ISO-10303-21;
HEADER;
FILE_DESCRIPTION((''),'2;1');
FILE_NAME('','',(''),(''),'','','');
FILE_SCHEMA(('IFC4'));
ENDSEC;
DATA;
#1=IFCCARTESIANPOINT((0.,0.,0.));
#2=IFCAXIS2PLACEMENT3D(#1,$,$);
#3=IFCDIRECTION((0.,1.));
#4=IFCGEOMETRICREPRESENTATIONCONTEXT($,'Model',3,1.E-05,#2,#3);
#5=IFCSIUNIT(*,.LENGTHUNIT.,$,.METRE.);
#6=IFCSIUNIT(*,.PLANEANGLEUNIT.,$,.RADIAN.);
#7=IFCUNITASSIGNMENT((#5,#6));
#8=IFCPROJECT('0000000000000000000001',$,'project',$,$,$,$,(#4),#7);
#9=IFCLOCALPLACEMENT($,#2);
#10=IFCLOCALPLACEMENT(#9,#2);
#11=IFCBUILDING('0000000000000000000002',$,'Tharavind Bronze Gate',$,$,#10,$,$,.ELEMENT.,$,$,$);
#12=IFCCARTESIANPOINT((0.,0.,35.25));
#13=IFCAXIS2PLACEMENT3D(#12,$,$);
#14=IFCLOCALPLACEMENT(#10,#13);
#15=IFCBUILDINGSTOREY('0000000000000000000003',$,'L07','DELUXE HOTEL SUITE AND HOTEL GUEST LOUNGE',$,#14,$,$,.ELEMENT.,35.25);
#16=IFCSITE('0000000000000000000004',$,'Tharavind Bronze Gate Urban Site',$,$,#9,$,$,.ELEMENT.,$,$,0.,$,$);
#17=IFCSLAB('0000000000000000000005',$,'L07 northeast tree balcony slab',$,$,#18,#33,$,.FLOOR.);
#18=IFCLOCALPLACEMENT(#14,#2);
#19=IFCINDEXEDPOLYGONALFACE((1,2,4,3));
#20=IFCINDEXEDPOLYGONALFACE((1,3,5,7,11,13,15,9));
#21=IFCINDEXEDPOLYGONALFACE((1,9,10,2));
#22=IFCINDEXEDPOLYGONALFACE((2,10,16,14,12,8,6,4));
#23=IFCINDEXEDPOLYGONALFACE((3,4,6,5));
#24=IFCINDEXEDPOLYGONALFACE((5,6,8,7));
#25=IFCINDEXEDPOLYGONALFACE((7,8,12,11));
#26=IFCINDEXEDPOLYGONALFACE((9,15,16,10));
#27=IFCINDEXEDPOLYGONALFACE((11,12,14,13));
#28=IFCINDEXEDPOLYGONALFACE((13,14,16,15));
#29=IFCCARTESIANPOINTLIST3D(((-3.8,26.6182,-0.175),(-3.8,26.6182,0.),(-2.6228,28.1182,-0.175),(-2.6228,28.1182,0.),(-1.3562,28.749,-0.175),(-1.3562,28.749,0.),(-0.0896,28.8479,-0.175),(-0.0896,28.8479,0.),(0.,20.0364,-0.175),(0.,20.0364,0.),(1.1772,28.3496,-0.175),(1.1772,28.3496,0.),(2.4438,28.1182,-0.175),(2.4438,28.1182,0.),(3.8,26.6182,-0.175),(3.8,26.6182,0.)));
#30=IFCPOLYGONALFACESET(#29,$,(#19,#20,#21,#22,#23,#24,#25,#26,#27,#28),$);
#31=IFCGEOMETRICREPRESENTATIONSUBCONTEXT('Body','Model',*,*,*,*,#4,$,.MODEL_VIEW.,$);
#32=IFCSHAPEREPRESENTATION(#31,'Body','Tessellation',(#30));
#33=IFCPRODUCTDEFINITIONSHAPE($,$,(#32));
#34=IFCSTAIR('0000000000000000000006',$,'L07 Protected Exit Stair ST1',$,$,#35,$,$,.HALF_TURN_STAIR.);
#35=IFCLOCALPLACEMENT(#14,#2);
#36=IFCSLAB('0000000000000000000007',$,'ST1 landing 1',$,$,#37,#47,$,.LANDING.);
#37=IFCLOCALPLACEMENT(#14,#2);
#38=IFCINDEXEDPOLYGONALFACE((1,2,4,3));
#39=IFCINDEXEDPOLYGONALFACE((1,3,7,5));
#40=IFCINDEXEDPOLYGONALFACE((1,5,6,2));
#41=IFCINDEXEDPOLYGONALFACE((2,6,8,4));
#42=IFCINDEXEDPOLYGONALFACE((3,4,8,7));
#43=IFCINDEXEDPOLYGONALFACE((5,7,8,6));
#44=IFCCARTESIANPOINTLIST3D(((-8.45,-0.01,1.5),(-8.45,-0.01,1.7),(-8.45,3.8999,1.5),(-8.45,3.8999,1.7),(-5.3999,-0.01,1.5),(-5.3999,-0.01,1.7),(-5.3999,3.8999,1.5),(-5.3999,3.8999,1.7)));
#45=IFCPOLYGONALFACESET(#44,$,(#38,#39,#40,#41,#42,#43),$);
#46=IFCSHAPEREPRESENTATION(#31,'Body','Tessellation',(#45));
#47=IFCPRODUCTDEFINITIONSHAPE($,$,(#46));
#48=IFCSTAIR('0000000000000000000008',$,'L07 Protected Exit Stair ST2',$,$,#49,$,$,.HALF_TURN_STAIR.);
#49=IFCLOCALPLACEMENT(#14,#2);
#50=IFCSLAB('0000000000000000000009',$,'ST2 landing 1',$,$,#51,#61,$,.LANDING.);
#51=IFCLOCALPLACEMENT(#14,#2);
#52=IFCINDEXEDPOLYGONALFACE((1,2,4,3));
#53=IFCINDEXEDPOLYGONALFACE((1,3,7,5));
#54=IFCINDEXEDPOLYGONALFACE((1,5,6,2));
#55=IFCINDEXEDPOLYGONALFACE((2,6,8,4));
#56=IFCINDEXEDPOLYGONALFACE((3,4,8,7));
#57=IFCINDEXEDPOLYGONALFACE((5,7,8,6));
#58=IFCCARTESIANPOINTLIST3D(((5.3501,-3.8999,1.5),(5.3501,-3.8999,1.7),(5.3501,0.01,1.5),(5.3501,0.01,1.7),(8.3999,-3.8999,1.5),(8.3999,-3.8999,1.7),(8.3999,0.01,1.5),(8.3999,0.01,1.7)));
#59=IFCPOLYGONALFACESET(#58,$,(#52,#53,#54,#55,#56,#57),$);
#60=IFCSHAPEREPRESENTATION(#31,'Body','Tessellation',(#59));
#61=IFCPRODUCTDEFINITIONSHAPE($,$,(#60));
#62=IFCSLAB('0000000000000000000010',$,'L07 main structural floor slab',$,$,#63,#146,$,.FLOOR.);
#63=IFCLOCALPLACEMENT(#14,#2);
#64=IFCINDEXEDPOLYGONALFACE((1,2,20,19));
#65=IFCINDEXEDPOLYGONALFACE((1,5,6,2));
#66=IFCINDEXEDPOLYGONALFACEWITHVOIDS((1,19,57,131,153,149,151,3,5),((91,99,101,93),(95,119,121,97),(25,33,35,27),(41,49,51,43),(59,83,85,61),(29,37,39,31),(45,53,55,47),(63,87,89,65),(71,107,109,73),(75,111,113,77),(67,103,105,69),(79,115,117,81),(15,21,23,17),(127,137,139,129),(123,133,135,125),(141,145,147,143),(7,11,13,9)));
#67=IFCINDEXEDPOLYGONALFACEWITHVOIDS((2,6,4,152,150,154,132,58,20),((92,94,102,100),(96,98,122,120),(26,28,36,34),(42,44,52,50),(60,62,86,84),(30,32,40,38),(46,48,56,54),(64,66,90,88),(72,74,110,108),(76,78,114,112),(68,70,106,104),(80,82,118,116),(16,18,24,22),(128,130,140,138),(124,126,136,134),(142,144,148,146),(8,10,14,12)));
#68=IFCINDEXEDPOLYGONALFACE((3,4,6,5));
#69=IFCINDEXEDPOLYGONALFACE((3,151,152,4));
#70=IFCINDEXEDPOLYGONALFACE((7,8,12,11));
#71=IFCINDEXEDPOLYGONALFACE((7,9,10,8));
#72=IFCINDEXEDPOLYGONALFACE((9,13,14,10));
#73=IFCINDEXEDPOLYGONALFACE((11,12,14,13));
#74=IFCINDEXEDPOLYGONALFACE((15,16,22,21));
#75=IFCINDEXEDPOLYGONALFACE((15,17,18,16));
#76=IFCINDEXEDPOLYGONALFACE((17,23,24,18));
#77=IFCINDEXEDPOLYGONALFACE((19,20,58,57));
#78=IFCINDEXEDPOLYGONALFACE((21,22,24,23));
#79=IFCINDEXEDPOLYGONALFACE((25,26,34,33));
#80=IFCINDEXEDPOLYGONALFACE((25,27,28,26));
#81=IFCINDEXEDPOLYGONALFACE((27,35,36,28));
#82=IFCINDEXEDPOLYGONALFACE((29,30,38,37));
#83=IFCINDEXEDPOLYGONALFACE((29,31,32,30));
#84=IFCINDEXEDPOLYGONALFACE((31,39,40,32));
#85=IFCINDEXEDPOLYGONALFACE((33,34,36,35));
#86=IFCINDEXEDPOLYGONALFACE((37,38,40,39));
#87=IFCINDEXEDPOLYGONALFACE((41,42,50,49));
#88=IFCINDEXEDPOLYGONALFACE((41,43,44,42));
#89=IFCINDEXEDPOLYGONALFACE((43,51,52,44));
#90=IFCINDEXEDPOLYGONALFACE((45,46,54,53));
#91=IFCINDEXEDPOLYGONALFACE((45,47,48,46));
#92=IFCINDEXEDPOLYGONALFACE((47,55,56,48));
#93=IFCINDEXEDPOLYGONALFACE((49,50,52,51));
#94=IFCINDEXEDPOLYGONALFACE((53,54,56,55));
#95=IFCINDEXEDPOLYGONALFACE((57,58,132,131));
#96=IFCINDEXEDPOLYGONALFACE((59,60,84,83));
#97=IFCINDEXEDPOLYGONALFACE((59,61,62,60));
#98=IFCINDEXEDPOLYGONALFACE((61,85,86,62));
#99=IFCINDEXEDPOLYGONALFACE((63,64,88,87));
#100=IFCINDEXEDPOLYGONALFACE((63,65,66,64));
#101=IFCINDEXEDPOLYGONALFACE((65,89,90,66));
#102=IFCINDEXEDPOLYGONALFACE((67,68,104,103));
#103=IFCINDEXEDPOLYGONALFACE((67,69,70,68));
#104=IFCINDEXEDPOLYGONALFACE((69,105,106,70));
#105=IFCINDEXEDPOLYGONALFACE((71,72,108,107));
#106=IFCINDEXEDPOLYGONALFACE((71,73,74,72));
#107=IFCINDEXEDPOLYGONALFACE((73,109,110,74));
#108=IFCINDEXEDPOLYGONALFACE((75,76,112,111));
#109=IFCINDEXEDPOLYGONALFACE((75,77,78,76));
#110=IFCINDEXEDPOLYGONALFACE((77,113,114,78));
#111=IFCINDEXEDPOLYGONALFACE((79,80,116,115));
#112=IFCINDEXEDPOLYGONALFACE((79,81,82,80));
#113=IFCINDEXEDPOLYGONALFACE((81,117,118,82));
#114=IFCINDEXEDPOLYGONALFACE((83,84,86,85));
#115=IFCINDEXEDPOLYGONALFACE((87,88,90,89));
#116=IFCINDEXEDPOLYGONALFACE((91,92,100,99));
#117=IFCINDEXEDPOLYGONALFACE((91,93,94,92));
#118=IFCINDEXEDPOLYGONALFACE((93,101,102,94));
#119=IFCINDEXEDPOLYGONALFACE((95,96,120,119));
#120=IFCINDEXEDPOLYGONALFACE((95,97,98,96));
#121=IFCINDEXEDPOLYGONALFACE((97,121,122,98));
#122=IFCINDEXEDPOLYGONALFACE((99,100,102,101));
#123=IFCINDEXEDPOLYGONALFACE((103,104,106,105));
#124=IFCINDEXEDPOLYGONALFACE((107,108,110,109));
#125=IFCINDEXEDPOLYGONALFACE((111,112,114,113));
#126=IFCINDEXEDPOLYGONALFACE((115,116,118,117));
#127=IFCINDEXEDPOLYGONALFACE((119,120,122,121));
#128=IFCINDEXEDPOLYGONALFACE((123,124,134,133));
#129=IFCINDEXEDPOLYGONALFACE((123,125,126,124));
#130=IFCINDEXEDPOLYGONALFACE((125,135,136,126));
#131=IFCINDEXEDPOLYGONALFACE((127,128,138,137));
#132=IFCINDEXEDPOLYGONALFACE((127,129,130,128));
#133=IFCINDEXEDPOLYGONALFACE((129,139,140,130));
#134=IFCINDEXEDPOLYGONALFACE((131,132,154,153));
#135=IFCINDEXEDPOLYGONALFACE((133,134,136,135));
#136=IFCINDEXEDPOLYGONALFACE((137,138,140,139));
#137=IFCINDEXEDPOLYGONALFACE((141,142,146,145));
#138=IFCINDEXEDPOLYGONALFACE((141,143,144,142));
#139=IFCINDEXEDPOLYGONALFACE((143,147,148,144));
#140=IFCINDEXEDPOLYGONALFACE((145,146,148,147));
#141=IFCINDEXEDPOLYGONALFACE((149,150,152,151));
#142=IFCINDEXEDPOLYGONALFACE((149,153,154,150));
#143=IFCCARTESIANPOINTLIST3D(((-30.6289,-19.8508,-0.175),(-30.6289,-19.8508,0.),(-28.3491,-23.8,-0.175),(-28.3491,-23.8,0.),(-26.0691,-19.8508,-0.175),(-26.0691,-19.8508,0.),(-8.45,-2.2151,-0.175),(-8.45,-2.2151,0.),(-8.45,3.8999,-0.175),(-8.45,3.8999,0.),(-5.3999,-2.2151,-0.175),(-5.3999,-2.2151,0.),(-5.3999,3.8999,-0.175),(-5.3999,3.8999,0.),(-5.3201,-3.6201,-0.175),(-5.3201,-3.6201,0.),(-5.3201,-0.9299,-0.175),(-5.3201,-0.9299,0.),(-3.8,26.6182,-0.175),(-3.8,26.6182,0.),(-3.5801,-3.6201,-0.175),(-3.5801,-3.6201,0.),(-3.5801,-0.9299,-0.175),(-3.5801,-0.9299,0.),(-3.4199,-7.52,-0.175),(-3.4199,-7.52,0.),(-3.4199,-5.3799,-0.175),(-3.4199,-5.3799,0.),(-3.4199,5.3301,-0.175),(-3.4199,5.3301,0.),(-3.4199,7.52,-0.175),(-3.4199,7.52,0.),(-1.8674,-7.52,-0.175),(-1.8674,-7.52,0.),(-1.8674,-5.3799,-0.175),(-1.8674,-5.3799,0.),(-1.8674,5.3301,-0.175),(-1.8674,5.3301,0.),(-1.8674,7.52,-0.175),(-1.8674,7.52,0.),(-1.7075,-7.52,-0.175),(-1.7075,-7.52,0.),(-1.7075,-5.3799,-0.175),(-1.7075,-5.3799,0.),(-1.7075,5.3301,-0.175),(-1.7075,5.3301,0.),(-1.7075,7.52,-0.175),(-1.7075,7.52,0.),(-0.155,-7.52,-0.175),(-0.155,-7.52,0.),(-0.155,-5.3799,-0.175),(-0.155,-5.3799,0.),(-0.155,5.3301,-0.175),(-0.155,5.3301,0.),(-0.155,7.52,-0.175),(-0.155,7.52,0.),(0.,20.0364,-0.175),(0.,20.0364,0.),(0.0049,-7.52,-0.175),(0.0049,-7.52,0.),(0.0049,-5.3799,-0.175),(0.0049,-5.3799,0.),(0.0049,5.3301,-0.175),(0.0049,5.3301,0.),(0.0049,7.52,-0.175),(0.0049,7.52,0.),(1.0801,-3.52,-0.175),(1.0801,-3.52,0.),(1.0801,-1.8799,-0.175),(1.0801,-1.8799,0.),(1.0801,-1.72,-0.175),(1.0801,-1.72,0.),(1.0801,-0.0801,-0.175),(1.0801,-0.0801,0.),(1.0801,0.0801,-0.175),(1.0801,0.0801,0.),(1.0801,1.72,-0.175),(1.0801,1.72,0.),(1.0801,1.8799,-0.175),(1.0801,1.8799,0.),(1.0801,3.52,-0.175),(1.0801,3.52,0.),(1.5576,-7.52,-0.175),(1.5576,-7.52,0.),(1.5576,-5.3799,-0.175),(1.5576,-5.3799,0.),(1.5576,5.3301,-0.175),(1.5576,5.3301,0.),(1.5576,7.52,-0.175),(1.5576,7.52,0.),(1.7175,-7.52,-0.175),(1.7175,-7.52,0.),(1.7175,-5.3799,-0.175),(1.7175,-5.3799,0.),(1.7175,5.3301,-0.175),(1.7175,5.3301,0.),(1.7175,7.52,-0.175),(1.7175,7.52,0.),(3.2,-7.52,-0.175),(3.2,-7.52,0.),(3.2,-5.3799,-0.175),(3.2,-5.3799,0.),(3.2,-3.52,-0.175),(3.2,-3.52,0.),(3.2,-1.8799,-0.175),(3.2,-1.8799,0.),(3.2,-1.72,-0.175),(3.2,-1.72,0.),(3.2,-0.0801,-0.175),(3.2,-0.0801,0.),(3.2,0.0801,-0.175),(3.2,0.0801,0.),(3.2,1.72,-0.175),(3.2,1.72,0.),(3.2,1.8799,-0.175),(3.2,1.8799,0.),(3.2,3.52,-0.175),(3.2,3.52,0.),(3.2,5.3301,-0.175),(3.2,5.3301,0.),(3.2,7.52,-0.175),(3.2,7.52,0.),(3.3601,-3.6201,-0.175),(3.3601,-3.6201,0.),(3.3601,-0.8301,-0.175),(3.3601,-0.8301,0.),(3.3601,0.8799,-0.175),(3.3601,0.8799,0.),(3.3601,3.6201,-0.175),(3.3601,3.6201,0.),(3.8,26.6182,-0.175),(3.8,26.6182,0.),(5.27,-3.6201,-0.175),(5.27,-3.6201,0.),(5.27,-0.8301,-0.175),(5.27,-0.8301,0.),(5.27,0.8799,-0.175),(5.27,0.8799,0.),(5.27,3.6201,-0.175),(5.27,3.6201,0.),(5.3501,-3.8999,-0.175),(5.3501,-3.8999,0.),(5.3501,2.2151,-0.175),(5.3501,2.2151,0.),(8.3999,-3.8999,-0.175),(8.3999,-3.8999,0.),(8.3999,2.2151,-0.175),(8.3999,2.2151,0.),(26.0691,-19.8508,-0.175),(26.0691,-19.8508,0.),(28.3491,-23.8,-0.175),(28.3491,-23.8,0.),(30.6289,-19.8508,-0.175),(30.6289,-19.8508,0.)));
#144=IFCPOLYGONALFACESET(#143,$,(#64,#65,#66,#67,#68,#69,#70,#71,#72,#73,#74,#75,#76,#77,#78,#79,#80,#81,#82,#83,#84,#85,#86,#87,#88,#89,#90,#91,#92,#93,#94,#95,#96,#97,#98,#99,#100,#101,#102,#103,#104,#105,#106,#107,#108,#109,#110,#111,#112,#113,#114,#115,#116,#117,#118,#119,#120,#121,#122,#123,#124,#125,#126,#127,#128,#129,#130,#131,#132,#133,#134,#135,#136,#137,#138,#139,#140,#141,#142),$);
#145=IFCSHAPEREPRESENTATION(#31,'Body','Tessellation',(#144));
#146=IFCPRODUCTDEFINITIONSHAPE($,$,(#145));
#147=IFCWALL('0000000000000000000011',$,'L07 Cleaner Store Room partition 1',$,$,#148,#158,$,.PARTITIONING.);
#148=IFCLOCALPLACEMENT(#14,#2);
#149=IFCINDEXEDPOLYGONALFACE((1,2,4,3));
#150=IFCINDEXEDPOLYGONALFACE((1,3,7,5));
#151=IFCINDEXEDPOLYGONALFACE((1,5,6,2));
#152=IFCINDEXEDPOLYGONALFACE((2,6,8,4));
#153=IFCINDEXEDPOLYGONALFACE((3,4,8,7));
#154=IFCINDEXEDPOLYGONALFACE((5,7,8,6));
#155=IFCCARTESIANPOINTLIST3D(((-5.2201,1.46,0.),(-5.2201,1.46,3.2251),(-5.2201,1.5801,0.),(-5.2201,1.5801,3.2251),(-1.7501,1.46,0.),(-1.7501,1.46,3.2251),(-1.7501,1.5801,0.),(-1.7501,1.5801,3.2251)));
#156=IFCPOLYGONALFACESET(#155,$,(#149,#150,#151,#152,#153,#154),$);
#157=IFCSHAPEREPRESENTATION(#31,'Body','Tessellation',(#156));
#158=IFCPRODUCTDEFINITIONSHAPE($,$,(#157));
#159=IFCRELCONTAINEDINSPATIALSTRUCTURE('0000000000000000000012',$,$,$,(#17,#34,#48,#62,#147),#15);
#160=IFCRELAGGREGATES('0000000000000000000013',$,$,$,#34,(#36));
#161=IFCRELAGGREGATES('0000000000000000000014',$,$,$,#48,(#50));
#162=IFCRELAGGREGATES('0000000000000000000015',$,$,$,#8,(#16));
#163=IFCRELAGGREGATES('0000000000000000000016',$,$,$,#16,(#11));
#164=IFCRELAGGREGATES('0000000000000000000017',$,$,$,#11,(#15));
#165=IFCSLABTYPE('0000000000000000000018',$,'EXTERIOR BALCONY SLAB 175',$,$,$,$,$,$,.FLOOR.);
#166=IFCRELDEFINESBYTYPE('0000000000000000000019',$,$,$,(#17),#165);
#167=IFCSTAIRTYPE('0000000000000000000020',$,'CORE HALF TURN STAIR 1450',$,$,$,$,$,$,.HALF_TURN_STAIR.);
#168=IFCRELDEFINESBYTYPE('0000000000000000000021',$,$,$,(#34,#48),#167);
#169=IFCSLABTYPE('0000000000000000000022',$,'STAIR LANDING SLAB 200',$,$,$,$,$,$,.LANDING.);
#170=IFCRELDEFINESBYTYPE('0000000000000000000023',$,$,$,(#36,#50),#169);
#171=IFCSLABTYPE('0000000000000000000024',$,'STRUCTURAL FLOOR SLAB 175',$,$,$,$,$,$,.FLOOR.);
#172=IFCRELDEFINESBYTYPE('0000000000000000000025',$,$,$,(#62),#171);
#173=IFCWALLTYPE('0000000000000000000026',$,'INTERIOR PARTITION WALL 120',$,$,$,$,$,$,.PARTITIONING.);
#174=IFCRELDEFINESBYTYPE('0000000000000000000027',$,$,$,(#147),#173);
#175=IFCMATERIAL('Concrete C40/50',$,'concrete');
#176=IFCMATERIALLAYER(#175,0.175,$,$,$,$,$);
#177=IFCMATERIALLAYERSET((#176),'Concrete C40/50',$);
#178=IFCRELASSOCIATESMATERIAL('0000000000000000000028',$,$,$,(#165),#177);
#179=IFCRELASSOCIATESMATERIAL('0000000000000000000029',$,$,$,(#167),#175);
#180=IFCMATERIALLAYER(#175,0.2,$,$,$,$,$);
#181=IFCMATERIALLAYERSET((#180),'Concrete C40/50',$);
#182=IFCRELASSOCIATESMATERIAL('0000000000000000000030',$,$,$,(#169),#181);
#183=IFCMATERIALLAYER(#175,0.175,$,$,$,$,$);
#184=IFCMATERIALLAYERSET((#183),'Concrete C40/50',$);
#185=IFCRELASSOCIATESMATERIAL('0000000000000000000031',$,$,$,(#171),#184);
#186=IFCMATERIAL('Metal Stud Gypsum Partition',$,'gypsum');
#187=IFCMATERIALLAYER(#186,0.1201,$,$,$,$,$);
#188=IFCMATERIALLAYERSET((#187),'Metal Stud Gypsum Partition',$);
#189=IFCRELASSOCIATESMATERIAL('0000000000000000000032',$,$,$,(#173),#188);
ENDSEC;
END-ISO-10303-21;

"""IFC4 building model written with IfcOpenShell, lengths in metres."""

from ifc_helpers import new_model, si_unit, direction, frame, frame_2d, origin, place, context, subcontext, project, spatial, polyline, rectangle, outline, extrude, material, layer, layer_set, type_object, element, aggregate, save


model = new_model("IFC4")

# Units and contexts
model_context = context("Model", 3, precision=1e-05, world=origin(), true_north=direction((0.0, 1.0)))
body_context = subcontext(model_context, "Body", "Model", "MODEL_VIEW")
ifc_project = project(units=[si_unit("LENGTHUNIT", "METRE"), si_unit("PLANEANGLEUNIT", "RADIAN")], contexts=[model_context])

# Site, building, storey
site_placement = place(None, origin())
site = spatial("IfcSite", under=ifc_project, at=site_placement, Name="Tharavind Bronze Gate Urban Site", CompositionType="ELEMENT", RefElevation=0.0)
building_placement = place(site_placement, origin())
building = spatial("IfcBuilding", under=site, at=building_placement, Name="Tharavind Bronze Gate", CompositionType="ELEMENT")
storey_placement = place(building_placement, frame((0.0, 0.0, 35.25)))
storey = spatial("IfcBuildingStorey", under=building, at=storey_placement, Name="L07", Description="DELUXE HOTEL SUITE AND HOTEL GUEST LOUNGE", CompositionType="ELEMENT", Elevation=35.25)

# Slab
ifc_material_1 = material(Name="Concrete C40/50", Category="concrete")
ifc_layer_1 = layer(ifc_material_1, 0.175)
ifc_layer_set_1 = layer_set([ifc_layer_1], Name="Concrete C40/50")
slab_type_1 = type_object("IfcSlabType", Name="EXTERIOR BALCONY SLAB 175", PredefinedType="FLOOR", material=ifc_layer_set_1)
slab_1_placement = place(storey_placement, frame((0.0, 0.0, -0.175)))
element("IfcSlab", 1, at=slab_1_placement, inside=storey, type_object=slab_type_1, Name="L07 northeast tree balcony slab", PredefinedType="FLOOR", context=body_context, shape_type="SweptSolid", body=[
    extrude(outline(polyline([(2.4438, 28.1182), (1.1772, 28.3496), (-0.0896, 28.8479), (-1.3562, 28.749), (-2.6228, 28.1182), (-3.8, 26.6182), (0.0, 20.0364), (3.8, 26.6182), (2.4438, 28.1182)])), origin(), (0.0, 0.0, 1.0), 0.175),
])

# Stairs, slabs
stair_type = type_object("IfcStairType", Name="CORE HALF TURN STAIR 1450", PredefinedType="HALF_TURN_STAIR", material=ifc_material_1)
stair_1_placement = place(storey_placement, origin())
stair_1 = element("IfcStair", 2, at=stair_1_placement, inside=storey, type_object=stair_type, Name="L07 Protected Exit Stair ST1", PredefinedType="HALF_TURN_STAIR")
ifc_layer_2 = layer(ifc_material_1, 0.2)
ifc_layer_set_2 = layer_set([ifc_layer_2], Name="Concrete C40/50")
slab_type_2 = type_object("IfcSlabType", Name="STAIR LANDING SLAB 200", PredefinedType="LANDING", material=ifc_layer_set_2)
slab_2_placement = place(storey_placement, frame((0.0, 0.0, 1.5)))
slab_2 = element("IfcSlab", 3, at=slab_2_placement, type_object=slab_type_2, Name="ST1 landing 1", PredefinedType="LANDING", context=body_context, shape_type="SweptSolid", body=[
    extrude(outline(polyline([(-5.3999, -0.01), (-5.3999, 3.8999), (-8.45, 3.8999), (-8.45, -0.01), (-5.3999, -0.01)])), origin(), (0.0, 0.0, 1.0), 0.2),
])
aggregate(stair_1, [slab_2])
stair_2_placement = place(storey_placement, origin())
stair_2 = element("IfcStair", 4, at=stair_2_placement, inside=storey, type_object=stair_type, Name="L07 Protected Exit Stair ST2", PredefinedType="HALF_TURN_STAIR")
slab_3_placement = place(storey_placement, frame((0.0, 0.0, 1.5)))
slab_3 = element("IfcSlab", 5, at=slab_3_placement, type_object=slab_type_2, Name="ST2 landing 1", PredefinedType="LANDING", context=body_context, shape_type="SweptSolid", body=[
    extrude(outline(polyline([(5.3501, 0.01), (5.3501, -3.8999), (8.3999, -3.8999), (8.3999, 0.01), (5.3501, 0.01)])), origin(), (0.0, 0.0, 1.0), 0.2),
])
aggregate(stair_2, [slab_3])

# Slab
ifc_layer_3 = layer(ifc_material_1, 0.175)
ifc_layer_set_3 = layer_set([ifc_layer_3], Name="Concrete C40/50")
slab_type_3 = type_object("IfcSlabType", Name="STRUCTURAL FLOOR SLAB 175", PredefinedType="FLOOR", material=ifc_layer_set_3)
slab_4_placement = place(storey_placement, frame((0.0, 0.0, -0.175)))
element("IfcSlab", 6, at=slab_4_placement, inside=storey, type_object=slab_type_3, Name="L07 main structural floor slab", PredefinedType="FLOOR", context=body_context, shape_type="SweptSolid", body=[
    extrude(outline(polyline([(3.8, 26.6182), (0.0, 20.0364), (-3.8, 26.6182), (-30.6289, -19.8508), (-26.0691, -19.8508), (-28.3491, -23.8), (28.3491, -23.8), (26.0691, -19.8508), (30.6289, -19.8508), (3.8, 26.6182)]), holes=[polyline([(-5.3999, -2.2151), (-5.3999, 3.8999), (-8.45, 3.8999), (-8.45, -2.2151), (-5.3999, -2.2151)]), polyline([(5.3501, 2.2151), (5.3501, -3.8999), (8.3999, -3.8999), (8.3999, 2.2151), (5.3501, 2.2151)]), polyline([(-3.4199, -7.52), (-1.8674, -7.52), (-1.8674, -5.3799), (-3.4199, -5.3799), (-3.4199, -7.52)]), polyline([(-1.7075, -7.52), (-0.155, -7.52), (-0.155, -5.3799), (-1.7075, -5.3799), (-1.7075, -7.52)]), polyline([(0.0049, -7.52), (1.5576, -7.52), (1.5576, -5.3799), (0.0049, -5.3799), (0.0049, -7.52)]), polyline([(1.7175, -7.52), (3.2, -7.52), (3.2, -5.3799), (1.7175, -5.3799), (1.7175, -7.52)]), polyline([(-3.4199, 5.3301), (-1.8674, 5.3301), (-1.8674, 7.52), (-3.4199, 7.52), (-3.4199, 5.3301)]), polyline([(-1.7075, 5.3301), (-0.155, 5.3301), (-0.155, 7.52), (-1.7075, 7.52), (-1.7075, 5.3301)]), polyline([(0.0049, 5.3301), (1.5576, 5.3301), (1.5576, 7.52), (0.0049, 7.52), (0.0049, 5.3301)]), polyline([(1.7175, 5.3301), (3.2, 5.3301), (3.2, 7.52), (1.7175, 7.52), (1.7175, 5.3301)]), polyline([(1.0801, -3.52), (3.2, -3.52), (3.2, -1.8799), (1.0801, -1.8799), (1.0801, -3.52)]), polyline([(1.0801, -1.72), (3.2, -1.72), (3.2, -0.0801), (1.0801, -0.0801), (1.0801, -1.72)]), polyline([(1.0801, 0.0801), (3.2, 0.0801), (3.2, 1.72), (1.0801, 1.72), (1.0801, 0.0801)]), polyline([(1.0801, 1.8799), (3.2, 1.8799), (3.2, 3.52), (1.0801, 3.52), (1.0801, 1.8799)]), polyline([(-5.3201, -3.6201), (-3.5801, -3.6201), (-3.5801, -0.9299), (-5.3201, -0.9299), (-5.3201, -3.6201)]), polyline([(3.3601, 0.8799), (5.27, 0.8799), (5.27, 3.6201), (3.3601, 3.6201), (3.3601, 0.8799)]), polyline([(3.3601, -3.6201), (5.27, -3.6201), (5.27, -0.8301), (3.3601, -0.8301), (3.3601, -3.6201)])]), origin(), (0.0, 0.0, 1.0), 0.175),
])

# Wall
ifc_material_2 = material(Name="Metal Stud Gypsum Partition", Category="gypsum")
ifc_layer_4 = layer(ifc_material_2, 0.1201)
ifc_layer_set_4 = layer_set([ifc_layer_4], Name="Metal Stud Gypsum Partition")
wall_type_1 = type_object("IfcWallType", Name="INTERIOR PARTITION WALL 120", PredefinedType="PARTITIONING", material=ifc_layer_set_4)
wall_1_placement = place(storey_placement, frame((-5.22, 1.52, 0.0), z_axis=(0.0, 0.0, 1.0), x_axis=(1.0, 0.0, 0.0)))
element("IfcWall", 7, at=wall_1_placement, inside=storey, type_object=wall_type_1, Name="L07 Cleaner Store Room partition 1", PredefinedType="PARTITIONING", context=body_context, shape_type="SweptSolid", body=[
    extrude(rectangle(XDim=3.47, YDim=0.1201, at=frame_2d((1.7349, 0.0))), origin(), (0.0, 0.0, 1.0), 3.2251),
])

save(model, "model.ifc")
